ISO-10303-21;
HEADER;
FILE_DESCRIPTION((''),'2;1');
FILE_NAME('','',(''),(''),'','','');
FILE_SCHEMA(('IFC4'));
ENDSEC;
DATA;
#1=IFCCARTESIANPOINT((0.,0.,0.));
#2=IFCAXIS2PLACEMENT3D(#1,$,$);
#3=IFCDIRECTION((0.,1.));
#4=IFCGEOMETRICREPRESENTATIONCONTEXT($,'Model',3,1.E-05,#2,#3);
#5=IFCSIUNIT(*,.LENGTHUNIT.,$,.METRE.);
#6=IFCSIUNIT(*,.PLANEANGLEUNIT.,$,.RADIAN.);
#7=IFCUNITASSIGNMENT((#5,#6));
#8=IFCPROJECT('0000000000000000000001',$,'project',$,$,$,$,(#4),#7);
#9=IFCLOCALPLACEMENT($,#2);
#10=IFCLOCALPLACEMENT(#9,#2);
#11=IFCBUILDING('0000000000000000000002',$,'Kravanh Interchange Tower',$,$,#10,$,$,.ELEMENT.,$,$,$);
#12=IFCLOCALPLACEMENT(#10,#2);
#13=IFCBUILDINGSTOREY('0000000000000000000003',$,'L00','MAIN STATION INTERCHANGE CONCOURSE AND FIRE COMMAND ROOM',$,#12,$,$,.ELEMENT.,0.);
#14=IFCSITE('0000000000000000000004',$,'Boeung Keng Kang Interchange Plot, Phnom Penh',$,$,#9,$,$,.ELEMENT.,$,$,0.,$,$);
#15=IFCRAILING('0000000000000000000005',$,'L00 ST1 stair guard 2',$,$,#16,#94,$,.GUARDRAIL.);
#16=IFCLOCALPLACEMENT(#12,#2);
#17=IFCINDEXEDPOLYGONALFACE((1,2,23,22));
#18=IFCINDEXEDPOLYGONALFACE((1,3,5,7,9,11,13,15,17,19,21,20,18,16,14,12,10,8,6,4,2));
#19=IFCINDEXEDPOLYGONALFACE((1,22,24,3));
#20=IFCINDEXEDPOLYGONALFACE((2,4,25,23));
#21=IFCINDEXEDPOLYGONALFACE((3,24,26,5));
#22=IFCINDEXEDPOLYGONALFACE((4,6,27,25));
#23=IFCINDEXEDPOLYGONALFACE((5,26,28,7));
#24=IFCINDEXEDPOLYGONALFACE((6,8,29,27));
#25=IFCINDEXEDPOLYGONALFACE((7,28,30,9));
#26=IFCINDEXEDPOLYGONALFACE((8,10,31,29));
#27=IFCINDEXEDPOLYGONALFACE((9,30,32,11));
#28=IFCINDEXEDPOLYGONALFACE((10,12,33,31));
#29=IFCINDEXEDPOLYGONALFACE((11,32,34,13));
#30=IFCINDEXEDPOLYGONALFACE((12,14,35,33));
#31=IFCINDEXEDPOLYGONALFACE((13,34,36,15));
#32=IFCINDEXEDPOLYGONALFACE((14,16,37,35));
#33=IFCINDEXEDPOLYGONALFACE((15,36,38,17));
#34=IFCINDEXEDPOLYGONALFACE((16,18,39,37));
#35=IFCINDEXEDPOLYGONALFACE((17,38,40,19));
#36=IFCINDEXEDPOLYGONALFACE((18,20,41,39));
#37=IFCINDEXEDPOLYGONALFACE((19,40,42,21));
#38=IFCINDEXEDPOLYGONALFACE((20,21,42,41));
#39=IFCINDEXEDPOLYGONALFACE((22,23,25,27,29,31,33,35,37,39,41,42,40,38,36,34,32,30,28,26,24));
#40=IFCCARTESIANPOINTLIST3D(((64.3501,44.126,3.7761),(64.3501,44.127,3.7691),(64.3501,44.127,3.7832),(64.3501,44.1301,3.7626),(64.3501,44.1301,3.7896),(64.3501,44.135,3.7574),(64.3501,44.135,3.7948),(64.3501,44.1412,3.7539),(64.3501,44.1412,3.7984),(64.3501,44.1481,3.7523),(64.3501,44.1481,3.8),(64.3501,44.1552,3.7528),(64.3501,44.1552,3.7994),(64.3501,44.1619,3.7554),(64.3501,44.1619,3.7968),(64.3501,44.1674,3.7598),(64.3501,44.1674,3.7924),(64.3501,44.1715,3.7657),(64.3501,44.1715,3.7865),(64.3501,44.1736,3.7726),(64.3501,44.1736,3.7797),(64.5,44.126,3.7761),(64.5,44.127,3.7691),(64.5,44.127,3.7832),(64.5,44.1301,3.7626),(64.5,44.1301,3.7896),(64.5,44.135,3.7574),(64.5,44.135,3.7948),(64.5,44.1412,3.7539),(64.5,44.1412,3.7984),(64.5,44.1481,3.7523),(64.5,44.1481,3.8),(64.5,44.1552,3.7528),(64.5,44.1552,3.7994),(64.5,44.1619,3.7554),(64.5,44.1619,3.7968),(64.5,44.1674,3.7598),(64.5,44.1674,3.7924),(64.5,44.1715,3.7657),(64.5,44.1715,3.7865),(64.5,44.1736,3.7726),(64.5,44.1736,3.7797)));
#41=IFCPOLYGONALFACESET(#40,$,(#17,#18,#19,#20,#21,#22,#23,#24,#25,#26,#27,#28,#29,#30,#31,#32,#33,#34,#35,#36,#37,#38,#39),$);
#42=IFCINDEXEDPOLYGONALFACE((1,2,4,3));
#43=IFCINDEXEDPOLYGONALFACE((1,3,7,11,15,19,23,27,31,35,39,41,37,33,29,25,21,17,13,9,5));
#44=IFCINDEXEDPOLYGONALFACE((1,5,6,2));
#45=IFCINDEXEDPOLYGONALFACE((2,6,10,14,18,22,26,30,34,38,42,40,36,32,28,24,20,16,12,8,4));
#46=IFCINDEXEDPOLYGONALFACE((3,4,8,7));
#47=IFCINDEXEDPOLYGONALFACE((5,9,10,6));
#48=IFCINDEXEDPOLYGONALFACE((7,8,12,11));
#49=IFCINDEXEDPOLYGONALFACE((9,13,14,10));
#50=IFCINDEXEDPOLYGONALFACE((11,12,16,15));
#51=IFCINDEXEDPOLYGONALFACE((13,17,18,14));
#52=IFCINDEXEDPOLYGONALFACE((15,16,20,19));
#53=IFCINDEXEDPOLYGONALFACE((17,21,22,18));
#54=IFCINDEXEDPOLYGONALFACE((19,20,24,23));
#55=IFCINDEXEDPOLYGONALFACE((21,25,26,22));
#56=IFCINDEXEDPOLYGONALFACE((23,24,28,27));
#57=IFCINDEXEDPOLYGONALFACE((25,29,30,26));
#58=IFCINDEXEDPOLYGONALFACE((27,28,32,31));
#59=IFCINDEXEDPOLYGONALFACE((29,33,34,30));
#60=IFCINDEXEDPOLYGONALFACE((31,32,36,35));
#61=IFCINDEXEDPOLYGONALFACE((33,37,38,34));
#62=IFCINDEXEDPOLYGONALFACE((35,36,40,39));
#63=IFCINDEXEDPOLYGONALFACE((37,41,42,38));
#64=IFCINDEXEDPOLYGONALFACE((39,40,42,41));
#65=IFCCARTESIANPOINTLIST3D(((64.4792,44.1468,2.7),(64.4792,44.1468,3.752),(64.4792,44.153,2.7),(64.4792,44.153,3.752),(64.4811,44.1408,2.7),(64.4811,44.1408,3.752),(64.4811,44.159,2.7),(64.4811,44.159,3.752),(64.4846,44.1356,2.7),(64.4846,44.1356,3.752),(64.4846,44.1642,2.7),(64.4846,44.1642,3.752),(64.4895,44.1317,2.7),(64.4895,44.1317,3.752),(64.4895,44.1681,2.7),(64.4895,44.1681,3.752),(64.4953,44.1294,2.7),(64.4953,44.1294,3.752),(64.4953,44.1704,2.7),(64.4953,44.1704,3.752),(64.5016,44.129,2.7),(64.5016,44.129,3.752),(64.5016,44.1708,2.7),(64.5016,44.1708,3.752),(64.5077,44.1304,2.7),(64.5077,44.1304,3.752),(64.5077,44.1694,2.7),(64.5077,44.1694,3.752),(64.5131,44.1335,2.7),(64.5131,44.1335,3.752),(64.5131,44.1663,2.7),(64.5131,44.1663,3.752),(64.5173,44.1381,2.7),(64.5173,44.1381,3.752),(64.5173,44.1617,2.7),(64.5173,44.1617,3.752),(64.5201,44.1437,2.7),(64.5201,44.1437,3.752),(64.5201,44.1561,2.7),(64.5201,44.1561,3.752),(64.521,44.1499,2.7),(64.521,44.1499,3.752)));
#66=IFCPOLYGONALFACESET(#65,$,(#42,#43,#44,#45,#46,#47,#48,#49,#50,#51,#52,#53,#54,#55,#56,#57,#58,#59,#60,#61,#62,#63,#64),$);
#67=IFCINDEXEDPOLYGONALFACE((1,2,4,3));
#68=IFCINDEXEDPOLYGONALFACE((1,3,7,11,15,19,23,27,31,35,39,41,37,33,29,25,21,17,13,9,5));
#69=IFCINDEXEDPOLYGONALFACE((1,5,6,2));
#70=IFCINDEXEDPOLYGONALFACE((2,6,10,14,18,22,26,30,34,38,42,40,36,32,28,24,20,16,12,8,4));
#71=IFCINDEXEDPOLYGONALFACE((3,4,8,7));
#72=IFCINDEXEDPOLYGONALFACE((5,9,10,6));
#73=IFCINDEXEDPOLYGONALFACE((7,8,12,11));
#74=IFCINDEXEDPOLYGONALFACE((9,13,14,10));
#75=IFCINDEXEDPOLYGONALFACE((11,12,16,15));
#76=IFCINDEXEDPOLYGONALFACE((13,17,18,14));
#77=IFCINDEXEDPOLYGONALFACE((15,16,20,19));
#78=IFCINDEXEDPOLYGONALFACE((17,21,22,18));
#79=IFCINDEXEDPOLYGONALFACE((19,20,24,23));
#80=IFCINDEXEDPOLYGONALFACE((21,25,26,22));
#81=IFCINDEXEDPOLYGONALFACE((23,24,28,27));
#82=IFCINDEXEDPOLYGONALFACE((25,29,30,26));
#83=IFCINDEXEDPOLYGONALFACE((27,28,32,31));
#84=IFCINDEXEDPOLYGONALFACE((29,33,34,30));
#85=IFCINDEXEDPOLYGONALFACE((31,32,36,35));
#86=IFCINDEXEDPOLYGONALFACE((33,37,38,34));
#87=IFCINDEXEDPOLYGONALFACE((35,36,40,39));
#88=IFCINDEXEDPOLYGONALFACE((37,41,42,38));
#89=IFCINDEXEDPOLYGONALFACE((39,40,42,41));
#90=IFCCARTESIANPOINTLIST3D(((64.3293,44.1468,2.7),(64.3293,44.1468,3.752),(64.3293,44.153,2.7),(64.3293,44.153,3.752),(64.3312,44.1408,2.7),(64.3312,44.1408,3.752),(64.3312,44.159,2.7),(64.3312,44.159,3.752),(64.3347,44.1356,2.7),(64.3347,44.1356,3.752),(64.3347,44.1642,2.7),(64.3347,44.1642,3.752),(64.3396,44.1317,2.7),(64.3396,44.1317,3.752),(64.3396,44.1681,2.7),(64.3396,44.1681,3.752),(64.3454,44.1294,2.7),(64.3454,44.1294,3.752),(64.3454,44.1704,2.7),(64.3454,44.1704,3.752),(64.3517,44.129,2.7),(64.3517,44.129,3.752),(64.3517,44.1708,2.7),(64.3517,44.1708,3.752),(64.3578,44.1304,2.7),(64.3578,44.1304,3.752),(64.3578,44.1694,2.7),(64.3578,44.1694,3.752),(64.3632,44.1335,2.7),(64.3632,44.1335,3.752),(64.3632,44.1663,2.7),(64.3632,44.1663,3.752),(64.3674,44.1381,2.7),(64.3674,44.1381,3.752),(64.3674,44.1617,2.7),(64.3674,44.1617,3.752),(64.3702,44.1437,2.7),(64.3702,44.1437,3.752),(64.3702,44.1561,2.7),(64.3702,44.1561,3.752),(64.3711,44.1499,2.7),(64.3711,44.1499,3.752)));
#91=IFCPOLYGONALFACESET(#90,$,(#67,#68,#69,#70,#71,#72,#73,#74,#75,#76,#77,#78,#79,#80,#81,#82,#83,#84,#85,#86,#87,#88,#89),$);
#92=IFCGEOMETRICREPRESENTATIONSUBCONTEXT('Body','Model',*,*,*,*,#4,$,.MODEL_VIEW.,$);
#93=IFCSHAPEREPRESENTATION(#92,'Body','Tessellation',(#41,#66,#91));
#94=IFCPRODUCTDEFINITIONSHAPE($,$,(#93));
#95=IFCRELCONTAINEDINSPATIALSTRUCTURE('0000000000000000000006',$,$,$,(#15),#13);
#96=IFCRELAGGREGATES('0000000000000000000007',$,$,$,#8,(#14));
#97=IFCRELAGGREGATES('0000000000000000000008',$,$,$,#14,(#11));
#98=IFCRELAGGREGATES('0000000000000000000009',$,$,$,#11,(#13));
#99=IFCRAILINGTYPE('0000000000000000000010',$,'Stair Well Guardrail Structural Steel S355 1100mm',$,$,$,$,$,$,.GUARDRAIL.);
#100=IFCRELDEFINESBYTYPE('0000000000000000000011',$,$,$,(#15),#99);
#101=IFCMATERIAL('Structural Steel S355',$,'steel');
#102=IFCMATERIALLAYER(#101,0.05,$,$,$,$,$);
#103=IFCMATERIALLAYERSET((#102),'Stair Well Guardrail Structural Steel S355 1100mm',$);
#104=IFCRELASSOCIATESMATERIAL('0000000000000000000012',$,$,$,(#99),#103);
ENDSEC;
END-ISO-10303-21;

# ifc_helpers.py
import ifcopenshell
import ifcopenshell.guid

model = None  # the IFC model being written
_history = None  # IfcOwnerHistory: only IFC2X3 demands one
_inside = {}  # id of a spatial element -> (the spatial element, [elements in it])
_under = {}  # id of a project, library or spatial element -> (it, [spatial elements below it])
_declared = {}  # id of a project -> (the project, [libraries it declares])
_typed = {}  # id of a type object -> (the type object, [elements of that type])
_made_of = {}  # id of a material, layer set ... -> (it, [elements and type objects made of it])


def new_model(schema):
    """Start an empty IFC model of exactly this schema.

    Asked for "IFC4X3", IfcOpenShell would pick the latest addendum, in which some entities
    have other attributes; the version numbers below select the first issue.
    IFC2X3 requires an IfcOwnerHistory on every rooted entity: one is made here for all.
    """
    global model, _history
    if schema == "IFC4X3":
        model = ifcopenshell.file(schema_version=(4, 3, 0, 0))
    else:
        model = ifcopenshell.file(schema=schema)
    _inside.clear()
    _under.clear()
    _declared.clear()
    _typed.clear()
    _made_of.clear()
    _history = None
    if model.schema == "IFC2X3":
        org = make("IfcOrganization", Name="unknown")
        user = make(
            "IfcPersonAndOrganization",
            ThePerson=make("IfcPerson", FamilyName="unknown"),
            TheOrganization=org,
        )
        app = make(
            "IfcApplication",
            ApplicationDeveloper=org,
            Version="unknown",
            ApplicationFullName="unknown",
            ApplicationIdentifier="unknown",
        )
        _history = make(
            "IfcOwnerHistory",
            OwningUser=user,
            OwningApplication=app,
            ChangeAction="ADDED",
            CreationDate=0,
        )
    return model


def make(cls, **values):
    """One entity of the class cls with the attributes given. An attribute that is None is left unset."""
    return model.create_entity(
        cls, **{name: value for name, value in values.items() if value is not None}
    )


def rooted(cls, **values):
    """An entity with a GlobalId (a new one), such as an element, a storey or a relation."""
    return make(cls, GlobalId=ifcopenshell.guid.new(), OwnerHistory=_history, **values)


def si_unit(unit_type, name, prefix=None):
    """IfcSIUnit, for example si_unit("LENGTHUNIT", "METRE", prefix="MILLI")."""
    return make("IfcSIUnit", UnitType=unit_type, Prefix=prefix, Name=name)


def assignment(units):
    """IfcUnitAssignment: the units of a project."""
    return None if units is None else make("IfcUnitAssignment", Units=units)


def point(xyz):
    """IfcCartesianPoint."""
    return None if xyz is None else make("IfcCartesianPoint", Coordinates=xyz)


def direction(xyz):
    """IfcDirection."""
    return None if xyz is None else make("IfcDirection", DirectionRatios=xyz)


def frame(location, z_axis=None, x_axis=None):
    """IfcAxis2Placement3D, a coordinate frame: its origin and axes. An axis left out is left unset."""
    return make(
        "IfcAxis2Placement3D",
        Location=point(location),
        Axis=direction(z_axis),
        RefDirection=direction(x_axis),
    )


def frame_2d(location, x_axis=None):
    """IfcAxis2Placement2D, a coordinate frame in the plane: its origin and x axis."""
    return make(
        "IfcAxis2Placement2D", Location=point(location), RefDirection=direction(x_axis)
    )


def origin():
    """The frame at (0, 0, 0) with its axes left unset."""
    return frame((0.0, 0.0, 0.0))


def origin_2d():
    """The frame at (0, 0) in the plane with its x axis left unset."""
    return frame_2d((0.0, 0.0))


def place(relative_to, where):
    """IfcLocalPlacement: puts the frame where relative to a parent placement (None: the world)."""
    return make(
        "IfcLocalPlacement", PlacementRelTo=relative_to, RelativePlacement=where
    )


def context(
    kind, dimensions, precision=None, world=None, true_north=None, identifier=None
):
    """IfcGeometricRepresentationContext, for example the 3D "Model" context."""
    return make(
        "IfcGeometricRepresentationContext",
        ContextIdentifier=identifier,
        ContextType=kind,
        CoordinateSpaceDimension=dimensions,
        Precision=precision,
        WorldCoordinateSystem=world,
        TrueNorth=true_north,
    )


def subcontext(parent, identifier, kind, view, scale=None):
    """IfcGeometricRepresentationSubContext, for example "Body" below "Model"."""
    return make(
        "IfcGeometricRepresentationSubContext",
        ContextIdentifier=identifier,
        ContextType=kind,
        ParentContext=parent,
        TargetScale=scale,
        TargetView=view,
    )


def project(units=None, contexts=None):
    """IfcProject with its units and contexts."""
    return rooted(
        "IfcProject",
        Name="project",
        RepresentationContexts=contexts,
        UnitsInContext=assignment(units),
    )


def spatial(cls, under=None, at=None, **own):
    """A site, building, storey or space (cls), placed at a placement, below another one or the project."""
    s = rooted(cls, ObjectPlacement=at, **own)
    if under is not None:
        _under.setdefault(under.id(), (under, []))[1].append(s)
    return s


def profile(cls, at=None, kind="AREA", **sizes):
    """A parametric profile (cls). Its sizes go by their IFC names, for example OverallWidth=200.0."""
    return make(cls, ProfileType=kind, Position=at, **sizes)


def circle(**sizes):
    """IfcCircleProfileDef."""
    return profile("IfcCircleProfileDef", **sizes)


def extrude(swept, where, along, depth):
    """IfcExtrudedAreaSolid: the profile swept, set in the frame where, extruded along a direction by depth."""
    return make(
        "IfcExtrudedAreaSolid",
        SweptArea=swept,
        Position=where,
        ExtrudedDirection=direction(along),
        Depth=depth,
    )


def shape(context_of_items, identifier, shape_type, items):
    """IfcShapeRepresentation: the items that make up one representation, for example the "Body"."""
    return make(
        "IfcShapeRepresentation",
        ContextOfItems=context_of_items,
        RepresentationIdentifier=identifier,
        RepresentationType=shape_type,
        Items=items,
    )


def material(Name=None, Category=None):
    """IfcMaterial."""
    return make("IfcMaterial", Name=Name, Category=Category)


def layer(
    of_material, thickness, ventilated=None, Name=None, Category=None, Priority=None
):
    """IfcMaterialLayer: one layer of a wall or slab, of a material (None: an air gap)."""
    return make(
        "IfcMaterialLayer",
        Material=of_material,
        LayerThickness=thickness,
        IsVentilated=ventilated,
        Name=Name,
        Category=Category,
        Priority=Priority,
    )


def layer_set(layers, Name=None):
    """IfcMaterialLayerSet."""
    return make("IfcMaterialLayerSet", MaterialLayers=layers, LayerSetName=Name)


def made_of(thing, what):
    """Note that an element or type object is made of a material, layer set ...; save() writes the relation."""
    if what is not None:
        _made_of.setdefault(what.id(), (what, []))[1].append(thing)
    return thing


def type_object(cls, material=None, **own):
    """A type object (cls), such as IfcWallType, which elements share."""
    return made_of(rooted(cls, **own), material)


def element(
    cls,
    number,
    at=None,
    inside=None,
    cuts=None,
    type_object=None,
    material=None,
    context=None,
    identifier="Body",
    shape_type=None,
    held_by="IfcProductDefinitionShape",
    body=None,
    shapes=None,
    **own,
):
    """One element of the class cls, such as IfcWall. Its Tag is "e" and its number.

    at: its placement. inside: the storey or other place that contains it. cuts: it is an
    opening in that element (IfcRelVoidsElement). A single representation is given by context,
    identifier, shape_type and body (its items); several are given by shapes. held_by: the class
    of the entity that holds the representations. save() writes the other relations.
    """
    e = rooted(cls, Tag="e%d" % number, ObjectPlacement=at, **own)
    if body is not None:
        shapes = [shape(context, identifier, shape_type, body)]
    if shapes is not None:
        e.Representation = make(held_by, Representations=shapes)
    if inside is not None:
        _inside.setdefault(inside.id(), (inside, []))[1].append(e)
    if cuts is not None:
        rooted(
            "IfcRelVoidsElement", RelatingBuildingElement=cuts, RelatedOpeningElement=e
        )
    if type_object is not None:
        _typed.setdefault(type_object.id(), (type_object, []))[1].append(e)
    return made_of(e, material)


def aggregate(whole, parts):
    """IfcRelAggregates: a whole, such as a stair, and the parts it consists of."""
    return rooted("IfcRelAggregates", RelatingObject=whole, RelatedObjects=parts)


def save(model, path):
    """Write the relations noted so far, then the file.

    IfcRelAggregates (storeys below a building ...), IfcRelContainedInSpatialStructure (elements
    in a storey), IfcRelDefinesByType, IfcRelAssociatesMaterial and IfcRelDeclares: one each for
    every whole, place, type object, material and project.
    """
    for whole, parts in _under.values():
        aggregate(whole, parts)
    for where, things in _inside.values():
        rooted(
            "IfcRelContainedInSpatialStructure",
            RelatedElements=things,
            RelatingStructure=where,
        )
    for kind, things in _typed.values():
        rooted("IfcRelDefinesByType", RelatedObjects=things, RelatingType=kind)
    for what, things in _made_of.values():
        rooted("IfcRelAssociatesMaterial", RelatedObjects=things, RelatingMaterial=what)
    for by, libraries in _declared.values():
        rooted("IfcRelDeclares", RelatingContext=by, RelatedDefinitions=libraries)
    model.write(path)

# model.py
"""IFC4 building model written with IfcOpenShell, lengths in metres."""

from ifc_helpers import new_model, si_unit, direction, frame, origin, origin_2d, place, context, subcontext, project, spatial, circle, extrude, material, layer, layer_set, type_object, element, save


model = new_model("IFC4")

# Units and contexts
model_context = context("Model", 3, precision=1e-05, world=origin(), true_north=direction((0.0, 1.0)))
body_context = subcontext(model_context, "Body", "Model", "MODEL_VIEW")
ifc_project = project(units=[si_unit("LENGTHUNIT", "METRE"), si_unit("PLANEANGLEUNIT", "RADIAN")], contexts=[model_context])

# Site, building, storey
site_placement = place(None, origin())
site = spatial("IfcSite", under=ifc_project, at=site_placement, Name="Boeung Keng Kang Interchange Plot, Phnom Penh", CompositionType="ELEMENT", RefElevation=0.0)
building_placement = place(site_placement, origin())
building = spatial("IfcBuilding", under=site, at=building_placement, Name="Kravanh Interchange Tower", CompositionType="ELEMENT")
storey_placement = place(building_placement, origin())
storey = spatial("IfcBuildingStorey", under=building, at=storey_placement, Name="L00", Description="MAIN STATION INTERCHANGE CONCOURSE AND FIRE COMMAND ROOM", CompositionType="ELEMENT", Elevation=0.0)

# Railing
ifc_material_1 = material(Name="Structural Steel S355", Category="steel")
ifc_layer_1 = layer(ifc_material_1, 0.05)
ifc_layer_set_1 = layer_set([ifc_layer_1], Name="Stair Well Guardrail Structural Steel S355 1100mm")
railing_type_1 = type_object("IfcRailingType", Name="Stair Well Guardrail Structural Steel S355 1100mm", PredefinedType="GUARDRAIL", material=ifc_layer_set_1)
railing_1_placement = place(storey_placement, frame((64.5, 44.1499, 2.7)))
element("IfcRailing", 1, at=railing_1_placement, inside=storey, type_object=railing_type_1, Name="L00 ST1 stair guard 2", PredefinedType="GUARDRAIL", context=body_context, shape_type="SweptSolid", body=[
    extrude(circle(Radius=0.0239, at=origin_2d()), frame((0.0, 0.0, 1.0762), z_axis=(-1.0, 0.0, 0.0), x_axis=(0.0, -1.0, 0.0)), (0.0, 0.0, 1.0), 0.1499),
    extrude(circle(Radius=0.021, at=origin_2d()), origin(), (0.0, 0.0, 1.0), 1.052),
    extrude(circle(Radius=0.021, at=origin_2d()), frame((-0.1499, 0.0, 0.0)), (0.0, 0.0, 1.0), 1.052),
])

save(model, "model.ifc")
